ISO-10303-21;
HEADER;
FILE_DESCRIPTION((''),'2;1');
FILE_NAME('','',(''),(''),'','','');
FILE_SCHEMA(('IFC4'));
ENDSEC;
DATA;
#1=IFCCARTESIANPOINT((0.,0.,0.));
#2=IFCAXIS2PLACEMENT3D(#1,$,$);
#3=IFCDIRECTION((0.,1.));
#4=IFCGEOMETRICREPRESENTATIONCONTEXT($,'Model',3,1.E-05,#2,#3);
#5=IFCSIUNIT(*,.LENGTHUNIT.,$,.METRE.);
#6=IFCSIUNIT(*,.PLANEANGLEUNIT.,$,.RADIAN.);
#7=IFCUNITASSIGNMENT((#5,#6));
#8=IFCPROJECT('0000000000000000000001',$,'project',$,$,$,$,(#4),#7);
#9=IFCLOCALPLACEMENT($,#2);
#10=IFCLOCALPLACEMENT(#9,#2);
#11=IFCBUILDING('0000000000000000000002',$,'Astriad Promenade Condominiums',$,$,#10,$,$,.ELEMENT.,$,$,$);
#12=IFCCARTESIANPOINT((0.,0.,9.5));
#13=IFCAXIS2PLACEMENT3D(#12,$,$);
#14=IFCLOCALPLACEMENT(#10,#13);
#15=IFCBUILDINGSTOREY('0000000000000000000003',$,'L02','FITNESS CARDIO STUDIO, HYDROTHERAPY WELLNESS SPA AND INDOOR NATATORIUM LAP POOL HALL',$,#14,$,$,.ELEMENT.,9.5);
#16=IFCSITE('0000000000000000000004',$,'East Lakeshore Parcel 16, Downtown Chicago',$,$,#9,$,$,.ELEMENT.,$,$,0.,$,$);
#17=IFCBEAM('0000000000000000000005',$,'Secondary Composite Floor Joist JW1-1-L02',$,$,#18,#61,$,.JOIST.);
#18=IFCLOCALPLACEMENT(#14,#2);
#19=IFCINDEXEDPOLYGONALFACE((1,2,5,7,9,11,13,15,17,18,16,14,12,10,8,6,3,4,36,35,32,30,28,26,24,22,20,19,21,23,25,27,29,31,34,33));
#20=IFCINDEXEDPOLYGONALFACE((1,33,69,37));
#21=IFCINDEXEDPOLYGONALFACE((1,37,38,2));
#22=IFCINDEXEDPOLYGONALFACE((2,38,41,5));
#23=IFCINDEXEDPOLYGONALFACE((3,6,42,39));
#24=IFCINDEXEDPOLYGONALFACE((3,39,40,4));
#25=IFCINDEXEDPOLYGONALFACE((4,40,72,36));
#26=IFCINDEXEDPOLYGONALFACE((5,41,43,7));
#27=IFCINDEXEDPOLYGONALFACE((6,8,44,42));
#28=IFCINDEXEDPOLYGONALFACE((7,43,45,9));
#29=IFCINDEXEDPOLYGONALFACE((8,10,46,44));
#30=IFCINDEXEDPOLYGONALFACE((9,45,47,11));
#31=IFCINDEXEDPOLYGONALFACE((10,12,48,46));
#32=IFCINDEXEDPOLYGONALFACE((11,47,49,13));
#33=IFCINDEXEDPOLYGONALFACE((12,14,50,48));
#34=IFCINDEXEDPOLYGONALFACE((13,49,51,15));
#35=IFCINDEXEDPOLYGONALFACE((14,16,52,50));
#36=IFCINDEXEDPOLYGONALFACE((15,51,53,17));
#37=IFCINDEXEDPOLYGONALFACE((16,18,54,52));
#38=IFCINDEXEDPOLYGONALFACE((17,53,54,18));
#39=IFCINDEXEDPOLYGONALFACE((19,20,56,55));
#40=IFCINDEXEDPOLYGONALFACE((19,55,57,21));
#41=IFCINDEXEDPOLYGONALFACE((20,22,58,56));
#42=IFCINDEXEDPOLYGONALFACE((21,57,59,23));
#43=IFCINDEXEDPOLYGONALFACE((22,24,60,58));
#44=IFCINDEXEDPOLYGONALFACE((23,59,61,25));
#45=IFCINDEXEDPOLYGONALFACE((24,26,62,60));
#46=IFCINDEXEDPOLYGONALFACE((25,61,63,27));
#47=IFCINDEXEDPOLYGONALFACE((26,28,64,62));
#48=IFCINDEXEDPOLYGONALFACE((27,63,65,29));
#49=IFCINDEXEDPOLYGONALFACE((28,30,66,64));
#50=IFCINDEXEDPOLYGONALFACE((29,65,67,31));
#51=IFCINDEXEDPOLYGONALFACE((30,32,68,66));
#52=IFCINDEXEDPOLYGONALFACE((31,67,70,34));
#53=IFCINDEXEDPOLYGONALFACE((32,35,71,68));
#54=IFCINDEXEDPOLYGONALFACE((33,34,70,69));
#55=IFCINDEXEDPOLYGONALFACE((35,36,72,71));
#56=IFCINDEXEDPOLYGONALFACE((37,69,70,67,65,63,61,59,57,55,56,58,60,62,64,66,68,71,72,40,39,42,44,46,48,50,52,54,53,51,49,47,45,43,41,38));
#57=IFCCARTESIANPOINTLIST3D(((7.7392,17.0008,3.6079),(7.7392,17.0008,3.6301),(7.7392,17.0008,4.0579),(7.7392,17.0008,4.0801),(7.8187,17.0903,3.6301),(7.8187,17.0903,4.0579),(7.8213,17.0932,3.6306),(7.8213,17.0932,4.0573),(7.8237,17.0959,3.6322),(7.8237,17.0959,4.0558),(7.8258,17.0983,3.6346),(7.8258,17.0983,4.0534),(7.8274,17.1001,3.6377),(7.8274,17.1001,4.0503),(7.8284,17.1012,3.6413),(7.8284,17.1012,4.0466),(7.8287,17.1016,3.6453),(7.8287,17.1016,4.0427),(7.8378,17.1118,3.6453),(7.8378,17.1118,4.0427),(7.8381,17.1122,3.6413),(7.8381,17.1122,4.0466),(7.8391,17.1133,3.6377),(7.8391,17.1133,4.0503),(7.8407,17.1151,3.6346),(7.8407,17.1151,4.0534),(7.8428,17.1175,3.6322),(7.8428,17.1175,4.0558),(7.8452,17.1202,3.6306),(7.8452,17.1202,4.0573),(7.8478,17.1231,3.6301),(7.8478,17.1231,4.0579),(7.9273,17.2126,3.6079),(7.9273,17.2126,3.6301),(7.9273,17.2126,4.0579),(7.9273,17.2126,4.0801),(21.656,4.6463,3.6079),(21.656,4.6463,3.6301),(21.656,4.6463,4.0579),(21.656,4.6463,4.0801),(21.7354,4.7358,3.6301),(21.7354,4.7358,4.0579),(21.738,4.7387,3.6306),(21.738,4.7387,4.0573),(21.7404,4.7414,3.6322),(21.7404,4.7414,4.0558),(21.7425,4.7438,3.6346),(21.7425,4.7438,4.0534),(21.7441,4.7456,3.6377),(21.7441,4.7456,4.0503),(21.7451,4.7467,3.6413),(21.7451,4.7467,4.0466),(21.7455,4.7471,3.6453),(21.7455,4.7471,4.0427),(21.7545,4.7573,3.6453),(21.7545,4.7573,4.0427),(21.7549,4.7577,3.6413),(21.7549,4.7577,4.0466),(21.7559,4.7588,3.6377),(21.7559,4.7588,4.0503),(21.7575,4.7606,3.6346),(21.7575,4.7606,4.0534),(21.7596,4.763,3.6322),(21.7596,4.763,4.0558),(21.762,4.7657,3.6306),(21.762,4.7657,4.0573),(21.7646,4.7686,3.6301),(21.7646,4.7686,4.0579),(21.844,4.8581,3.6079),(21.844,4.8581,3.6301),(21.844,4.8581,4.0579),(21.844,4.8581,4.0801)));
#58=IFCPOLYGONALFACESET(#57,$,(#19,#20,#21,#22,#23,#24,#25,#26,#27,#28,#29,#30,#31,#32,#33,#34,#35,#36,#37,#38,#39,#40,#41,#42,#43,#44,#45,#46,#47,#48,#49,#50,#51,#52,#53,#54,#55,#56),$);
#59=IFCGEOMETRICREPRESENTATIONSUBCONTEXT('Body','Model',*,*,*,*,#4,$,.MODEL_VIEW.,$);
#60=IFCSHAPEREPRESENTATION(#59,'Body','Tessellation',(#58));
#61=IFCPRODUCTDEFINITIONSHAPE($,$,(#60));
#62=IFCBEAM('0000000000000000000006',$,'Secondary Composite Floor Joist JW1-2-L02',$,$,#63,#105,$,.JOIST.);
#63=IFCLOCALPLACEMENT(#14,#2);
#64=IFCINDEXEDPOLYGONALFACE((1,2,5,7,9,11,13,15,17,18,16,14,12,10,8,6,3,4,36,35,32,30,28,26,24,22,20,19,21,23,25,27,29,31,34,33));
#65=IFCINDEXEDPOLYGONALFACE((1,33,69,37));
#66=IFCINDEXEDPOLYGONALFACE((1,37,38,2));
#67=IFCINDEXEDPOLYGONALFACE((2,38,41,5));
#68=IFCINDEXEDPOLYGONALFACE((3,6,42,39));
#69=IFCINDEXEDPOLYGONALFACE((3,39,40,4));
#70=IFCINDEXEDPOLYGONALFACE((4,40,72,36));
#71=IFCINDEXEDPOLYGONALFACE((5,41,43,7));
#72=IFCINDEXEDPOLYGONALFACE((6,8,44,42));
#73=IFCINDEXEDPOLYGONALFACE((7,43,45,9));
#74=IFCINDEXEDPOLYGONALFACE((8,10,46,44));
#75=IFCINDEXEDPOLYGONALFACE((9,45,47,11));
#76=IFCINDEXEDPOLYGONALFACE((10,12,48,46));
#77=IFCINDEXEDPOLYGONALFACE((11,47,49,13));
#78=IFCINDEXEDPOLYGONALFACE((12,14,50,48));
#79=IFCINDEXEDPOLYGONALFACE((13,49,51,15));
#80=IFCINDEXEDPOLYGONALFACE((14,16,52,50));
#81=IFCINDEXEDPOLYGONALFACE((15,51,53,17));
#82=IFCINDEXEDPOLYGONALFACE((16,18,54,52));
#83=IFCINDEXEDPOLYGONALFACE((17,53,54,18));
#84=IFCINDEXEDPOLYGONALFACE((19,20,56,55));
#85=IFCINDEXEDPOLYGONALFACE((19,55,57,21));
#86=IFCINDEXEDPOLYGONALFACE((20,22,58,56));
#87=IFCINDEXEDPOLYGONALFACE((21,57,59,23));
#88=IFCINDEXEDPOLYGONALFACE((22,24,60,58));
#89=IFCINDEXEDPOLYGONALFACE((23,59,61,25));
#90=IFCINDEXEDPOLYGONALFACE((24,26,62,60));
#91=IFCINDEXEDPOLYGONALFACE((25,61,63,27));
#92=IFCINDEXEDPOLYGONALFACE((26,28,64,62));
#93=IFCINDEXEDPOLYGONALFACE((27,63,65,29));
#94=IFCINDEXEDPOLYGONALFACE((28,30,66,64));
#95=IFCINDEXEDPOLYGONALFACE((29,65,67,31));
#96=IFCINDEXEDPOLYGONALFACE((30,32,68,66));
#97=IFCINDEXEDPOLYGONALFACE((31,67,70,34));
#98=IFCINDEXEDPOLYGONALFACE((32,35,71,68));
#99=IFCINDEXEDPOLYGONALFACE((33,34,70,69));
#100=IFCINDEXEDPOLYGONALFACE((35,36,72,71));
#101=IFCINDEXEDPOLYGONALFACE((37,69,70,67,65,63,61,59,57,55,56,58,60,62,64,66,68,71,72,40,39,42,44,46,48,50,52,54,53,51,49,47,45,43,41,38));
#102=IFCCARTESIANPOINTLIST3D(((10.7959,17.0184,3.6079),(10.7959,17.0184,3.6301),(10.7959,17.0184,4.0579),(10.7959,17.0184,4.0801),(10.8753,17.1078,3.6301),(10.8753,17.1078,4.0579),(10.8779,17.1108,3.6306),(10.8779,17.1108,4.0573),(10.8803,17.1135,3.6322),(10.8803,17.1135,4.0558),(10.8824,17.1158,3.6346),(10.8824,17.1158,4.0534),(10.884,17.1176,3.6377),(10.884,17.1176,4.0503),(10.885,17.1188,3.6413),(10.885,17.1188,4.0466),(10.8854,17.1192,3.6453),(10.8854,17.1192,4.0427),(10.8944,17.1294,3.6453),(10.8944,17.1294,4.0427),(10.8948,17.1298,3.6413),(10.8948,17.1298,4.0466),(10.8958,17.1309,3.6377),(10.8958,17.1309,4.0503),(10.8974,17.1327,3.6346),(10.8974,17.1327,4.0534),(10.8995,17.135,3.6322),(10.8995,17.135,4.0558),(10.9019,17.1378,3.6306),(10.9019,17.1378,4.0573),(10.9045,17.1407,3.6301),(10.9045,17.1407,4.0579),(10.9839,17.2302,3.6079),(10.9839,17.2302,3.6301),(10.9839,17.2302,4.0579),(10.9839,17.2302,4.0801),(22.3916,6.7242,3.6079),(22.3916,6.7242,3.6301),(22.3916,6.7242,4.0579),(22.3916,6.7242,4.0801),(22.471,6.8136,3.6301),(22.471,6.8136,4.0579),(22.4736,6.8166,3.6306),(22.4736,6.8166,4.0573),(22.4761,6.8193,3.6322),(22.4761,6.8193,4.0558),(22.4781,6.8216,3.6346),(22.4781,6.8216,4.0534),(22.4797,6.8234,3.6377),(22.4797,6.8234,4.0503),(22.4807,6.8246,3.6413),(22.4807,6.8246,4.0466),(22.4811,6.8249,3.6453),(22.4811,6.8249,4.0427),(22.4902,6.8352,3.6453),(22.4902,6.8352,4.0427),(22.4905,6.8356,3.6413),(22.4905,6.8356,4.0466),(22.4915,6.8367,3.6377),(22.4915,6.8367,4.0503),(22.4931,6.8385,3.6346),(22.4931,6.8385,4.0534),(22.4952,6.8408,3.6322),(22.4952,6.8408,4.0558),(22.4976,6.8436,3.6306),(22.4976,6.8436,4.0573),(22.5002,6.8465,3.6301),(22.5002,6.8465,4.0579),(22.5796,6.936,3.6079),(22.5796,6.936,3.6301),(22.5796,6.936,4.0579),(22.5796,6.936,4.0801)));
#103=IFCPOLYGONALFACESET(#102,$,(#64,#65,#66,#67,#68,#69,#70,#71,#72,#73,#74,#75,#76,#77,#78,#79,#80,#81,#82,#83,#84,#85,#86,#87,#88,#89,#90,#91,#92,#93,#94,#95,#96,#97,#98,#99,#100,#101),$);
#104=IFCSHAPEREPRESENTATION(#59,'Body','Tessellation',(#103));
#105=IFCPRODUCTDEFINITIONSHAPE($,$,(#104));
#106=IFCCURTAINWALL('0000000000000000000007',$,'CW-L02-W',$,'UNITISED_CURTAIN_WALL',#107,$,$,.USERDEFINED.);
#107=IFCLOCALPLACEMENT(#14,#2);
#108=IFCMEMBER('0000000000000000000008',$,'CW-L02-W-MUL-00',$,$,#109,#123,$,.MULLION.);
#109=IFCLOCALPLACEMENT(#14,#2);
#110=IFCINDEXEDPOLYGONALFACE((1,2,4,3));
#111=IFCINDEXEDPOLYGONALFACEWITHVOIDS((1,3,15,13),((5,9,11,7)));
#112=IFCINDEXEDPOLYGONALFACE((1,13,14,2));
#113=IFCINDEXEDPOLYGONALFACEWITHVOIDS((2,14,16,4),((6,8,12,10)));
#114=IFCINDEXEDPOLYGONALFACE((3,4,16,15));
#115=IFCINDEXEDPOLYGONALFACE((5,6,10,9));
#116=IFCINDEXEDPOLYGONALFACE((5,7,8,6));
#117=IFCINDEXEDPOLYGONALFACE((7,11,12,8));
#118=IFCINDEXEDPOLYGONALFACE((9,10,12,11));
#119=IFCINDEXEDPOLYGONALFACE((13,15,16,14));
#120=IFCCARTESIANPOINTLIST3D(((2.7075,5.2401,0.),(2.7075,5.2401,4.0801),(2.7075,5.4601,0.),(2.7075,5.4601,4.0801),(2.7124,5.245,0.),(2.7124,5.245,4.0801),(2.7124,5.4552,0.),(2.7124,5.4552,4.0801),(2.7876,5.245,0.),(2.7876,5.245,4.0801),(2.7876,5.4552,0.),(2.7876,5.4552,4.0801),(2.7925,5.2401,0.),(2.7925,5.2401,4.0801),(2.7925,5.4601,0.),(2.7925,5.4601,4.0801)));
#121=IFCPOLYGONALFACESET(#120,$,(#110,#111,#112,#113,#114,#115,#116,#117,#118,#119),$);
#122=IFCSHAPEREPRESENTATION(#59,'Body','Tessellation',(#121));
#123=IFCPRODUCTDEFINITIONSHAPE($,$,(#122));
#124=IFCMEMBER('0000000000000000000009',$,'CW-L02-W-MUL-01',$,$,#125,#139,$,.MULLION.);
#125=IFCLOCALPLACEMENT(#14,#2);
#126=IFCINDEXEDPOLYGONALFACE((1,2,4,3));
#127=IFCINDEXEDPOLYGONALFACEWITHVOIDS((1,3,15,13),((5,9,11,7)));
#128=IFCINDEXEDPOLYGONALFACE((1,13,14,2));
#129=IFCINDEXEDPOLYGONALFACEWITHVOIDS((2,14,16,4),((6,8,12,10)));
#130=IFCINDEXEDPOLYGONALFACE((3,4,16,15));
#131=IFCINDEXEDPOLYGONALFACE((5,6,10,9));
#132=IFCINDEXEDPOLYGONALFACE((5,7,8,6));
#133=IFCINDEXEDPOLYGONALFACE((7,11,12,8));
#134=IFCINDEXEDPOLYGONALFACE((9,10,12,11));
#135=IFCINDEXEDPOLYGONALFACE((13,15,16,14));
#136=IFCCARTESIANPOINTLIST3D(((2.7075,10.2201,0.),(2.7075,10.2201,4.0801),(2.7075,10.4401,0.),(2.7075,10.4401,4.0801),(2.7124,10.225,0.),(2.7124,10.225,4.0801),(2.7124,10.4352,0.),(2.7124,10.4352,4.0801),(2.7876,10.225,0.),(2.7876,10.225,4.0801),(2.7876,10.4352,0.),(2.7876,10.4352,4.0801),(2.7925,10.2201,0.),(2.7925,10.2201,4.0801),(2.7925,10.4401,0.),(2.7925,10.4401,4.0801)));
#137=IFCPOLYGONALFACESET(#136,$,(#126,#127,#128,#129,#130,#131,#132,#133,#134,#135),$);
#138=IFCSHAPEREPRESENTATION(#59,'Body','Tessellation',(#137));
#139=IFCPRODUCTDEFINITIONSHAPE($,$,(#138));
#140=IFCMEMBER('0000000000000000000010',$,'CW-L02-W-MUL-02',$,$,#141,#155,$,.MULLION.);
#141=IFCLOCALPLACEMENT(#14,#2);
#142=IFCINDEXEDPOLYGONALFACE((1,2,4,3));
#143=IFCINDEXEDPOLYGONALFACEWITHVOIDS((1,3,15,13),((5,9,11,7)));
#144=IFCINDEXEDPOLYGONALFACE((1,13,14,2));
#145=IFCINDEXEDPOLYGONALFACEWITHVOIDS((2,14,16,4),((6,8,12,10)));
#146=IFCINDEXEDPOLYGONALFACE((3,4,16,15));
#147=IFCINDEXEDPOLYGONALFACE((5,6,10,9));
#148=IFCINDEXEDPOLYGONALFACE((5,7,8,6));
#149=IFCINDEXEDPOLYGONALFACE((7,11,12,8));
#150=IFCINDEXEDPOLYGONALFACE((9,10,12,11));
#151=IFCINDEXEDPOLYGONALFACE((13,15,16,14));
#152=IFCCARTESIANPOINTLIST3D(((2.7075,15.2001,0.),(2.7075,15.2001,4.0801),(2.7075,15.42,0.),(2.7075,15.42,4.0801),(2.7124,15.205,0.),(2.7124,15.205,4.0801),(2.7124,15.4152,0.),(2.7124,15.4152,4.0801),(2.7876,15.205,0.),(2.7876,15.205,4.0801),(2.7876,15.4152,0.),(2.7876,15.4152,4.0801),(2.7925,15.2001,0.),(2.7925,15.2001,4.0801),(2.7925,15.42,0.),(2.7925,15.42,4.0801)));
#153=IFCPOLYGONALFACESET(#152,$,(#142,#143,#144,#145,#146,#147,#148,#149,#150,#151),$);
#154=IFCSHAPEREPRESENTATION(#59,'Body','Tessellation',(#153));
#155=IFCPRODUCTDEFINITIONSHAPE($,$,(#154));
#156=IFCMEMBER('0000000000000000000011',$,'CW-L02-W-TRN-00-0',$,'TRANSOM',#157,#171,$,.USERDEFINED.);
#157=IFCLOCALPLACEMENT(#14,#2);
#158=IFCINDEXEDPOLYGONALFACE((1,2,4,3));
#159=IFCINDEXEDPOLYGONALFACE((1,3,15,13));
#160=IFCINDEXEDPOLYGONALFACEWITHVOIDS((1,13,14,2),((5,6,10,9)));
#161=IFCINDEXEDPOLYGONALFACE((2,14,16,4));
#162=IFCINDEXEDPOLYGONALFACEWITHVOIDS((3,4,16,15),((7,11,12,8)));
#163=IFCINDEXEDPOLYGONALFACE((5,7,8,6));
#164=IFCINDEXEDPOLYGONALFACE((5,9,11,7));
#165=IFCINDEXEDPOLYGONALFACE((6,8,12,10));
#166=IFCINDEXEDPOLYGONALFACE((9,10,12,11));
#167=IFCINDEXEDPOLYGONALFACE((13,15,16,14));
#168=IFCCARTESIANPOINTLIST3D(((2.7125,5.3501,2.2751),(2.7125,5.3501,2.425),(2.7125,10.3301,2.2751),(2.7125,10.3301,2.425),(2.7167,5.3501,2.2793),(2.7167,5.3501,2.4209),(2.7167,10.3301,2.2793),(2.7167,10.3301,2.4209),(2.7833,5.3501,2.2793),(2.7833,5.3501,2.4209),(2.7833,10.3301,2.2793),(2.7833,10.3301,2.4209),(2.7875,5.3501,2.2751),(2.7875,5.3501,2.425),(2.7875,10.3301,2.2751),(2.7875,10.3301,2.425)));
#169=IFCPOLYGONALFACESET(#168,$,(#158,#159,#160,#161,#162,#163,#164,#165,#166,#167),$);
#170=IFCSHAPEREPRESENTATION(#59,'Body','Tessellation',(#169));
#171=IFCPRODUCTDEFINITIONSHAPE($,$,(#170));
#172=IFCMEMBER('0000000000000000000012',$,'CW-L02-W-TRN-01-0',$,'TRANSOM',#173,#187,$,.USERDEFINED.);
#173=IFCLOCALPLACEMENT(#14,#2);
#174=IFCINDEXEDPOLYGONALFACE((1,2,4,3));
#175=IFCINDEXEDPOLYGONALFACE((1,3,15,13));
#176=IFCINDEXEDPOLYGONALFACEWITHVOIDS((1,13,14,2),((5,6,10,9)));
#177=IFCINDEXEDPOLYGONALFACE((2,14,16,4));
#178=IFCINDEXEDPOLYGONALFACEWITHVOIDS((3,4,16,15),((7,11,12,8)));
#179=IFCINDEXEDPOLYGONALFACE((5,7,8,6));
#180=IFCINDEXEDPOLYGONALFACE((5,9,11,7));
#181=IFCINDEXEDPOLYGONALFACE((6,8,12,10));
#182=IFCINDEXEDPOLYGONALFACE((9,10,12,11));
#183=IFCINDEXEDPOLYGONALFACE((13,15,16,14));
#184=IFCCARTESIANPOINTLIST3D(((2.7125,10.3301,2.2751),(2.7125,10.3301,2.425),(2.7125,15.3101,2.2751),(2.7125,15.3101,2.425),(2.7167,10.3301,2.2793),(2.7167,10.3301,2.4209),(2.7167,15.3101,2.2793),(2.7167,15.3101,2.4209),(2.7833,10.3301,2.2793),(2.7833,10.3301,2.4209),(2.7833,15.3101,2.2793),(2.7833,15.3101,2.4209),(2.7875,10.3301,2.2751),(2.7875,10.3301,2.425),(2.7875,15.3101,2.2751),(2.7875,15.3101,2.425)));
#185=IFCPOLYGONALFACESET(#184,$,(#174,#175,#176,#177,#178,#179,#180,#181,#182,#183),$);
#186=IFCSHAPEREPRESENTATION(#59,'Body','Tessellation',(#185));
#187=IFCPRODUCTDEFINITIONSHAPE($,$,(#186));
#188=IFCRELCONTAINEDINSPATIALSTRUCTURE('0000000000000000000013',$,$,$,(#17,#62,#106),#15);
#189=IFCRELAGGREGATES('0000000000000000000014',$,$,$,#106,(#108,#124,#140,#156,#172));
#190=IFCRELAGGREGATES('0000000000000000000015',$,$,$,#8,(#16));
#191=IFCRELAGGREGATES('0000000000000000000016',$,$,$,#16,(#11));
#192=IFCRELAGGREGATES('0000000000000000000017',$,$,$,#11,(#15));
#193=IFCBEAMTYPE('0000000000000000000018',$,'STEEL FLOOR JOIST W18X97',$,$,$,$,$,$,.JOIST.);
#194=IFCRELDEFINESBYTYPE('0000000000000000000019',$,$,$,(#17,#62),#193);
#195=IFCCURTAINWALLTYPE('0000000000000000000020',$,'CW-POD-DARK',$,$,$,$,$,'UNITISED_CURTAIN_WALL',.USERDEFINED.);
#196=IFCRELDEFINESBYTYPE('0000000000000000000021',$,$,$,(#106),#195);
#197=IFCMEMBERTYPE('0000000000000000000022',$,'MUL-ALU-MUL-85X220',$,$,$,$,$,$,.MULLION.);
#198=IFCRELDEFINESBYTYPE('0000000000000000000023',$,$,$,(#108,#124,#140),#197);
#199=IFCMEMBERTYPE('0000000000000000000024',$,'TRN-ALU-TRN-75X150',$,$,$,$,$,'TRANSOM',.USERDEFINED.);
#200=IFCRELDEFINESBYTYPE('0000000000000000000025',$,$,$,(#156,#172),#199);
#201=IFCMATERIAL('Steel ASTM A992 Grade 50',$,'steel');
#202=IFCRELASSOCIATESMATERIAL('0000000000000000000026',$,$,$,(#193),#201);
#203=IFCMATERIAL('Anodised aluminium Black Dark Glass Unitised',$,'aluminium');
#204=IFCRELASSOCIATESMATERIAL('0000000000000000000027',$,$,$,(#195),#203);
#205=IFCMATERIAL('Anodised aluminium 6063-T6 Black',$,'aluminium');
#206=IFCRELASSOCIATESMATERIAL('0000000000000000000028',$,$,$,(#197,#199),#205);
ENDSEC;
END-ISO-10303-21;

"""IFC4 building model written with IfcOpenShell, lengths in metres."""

from ifc_helpers import new_model, si_unit, direction, frame, origin, origin_2d, place, context, subcontext, project, spatial, hollow_rectangle, i_section, extrude, source, transform, mapped, material, material_profile, profile_set, type_object, type_shapes, element, aggregate, save


model = new_model("IFC4")

# Units and contexts
model_context = context("Model", 3, precision=1e-05, world=origin(), true_north=direction((0.0, 1.0)))
body_context = subcontext(model_context, "Body", "Model", "MODEL_VIEW")
ifc_project = project(units=[si_unit("LENGTHUNIT", "METRE"), si_unit("PLANEANGLEUNIT", "RADIAN")], contexts=[model_context])

# Site, building, storey
site_placement = place(None, origin())
site = spatial("IfcSite", under=ifc_project, at=site_placement, Name="East Lakeshore Parcel 16, Downtown Chicago", CompositionType="ELEMENT", RefElevation=0.0)
building_placement = place(site_placement, origin())
building = spatial("IfcBuilding", under=site, at=building_placement, Name="Astriad Promenade Condominiums", CompositionType="ELEMENT")
storey_placement = place(building_placement, frame((0.0, 0.0, 9.5)))
storey = spatial("IfcBuildingStorey", under=building, at=storey_placement, Name="L02", Description="FITNESS CARDIO STUDIO, HYDROTHERAPY WELLNESS SPA AND INDOOR NATATORIUM LAP POOL HALL", CompositionType="ELEMENT", Elevation=9.5)

# Beams
ifc_material_1 = material(Name="Steel ASTM A992 Grade 50", Category="steel")
ifc_material_profile_1 = material_profile(ifc_material_1, i_section(OverallWidth=0.2832, OverallDepth=0.4722, WebThickness=0.0137, FlangeThickness=0.0222, FilletRadius=0.0151, at=origin_2d()), Name="W18X97")
ifc_profile_set_1 = profile_set([ifc_material_profile_1], Name="Steel ASTM A992 Grade 50")
beam_type_1 = type_object("IfcBeamType", Name="STEEL FLOOR JOIST W18X97", PredefinedType="JOIST", material=ifc_profile_set_1)
shared_shape_1 = source(origin(), body_context, "Body", "SweptSolid", [
    extrude(i_section(OverallWidth=0.2832, OverallDepth=0.4722, WebThickness=0.0137, FlangeThickness=0.0222, FilletRadius=0.0151, at=origin_2d()), origin(), (0.0, 0.0, 1.0), 18.6094),
])
beam_1_placement = place(storey_placement, frame((7.8333, 17.1067, 3.844), z_axis=(0.747835, -0.663885, 0.0), x_axis=(0.663885, 0.747835, 0.0)))
element("IfcBeam", 1, at=beam_1_placement, inside=storey, type_object=beam_type_1, Name="Secondary Composite Floor Joist JW1-1-L02", PredefinedType="JOIST", context=body_context, shape_type="MappedRepresentation", body=[
    mapped(shared_shape_1, transform((0.0, 0.0, 0.0), scale=1.0)),
])
shared_shape_2 = source(origin(), body_context, "Body", "SweptSolid", [
    extrude(i_section(OverallWidth=0.2832, OverallDepth=0.4722, WebThickness=0.0137, FlangeThickness=0.0222, FilletRadius=0.0151, at=origin_2d()), origin(), (0.0, 0.0, 1.0), 15.5059),
])
type_shapes(beam_type_1, [shared_shape_1, shared_shape_2])
beam_2_placement = place(storey_placement, frame((10.8899, 17.1243, 3.844), z_axis=(0.747829, -0.663892, 0.0), x_axis=(0.663892, 0.747829, 0.0)))
element("IfcBeam", 2, at=beam_2_placement, inside=storey, type_object=beam_type_1, Name="Secondary Composite Floor Joist JW1-2-L02", PredefinedType="JOIST", context=body_context, shape_type="MappedRepresentation", body=[
    mapped(shared_shape_2, transform((0.0, 0.0, 0.0), scale=1.0)),
])

# Curtain wall, members
ifc_material_2 = material(Name="Anodised aluminium Black Dark Glass Unitised", Category="aluminium")
curtain_wall_type = type_object("IfcCurtainWallType", Name="CW-POD-DARK", ElementType="UNITISED_CURTAIN_WALL", PredefinedType="USERDEFINED", material=ifc_material_2)
curtain_wall_placement = place(storey_placement, origin())
curtain_wall = element("IfcCurtainWall", 3, at=curtain_wall_placement, inside=storey, type_object=curtain_wall_type, Name="CW-L02-W", ObjectType="UNITISED_CURTAIN_WALL", PredefinedType="USERDEFINED")
ifc_material_3 = material(Name="Anodised aluminium 6063-T6 Black", Category="aluminium")
ifc_material_profile_2 = material_profile(ifc_material_3, hollow_rectangle(XDim=0.085, YDim=0.22, WallThickness=0.0049, at=origin_2d()), Name="ALU-MUL-85X220")
ifc_profile_set_2 = profile_set([ifc_material_profile_2], Name="Anodised aluminium 6063-T6 Black")
member_type_1 = type_object("IfcMemberType", Name="MUL-ALU-MUL-85X220", PredefinedType="MULLION", material=ifc_profile_set_2)
shared_shape_3 = source(origin(), body_context, "Body", "SweptSolid", [
    extrude(hollow_rectangle(XDim=0.085, YDim=0.22, WallThickness=0.0049, at=origin_2d()), origin(), (0.0, 0.0, 1.0), 4.0801),
])
type_shapes(member_type_1, [shared_shape_3])
member_1_placement = place(storey_placement, frame((2.75, 5.3501, 0.0), z_axis=(0.0, 0.0, 1.0), x_axis=(1.0, 0.0, 0.0)))
member_1 = element("IfcMember", 4, at=member_1_placement, type_object=member_type_1, Name="CW-L02-W-MUL-00", PredefinedType="MULLION", context=body_context, shape_type="MappedRepresentation", body=[
    mapped(shared_shape_3, transform((0.0, 0.0, 0.0), scale=1.0)),
])
member_2_placement = place(storey_placement, frame((2.75, 10.3301, 0.0), z_axis=(0.0, 0.0, 1.0), x_axis=(1.0, 0.0, 0.0)))
member_2 = element("IfcMember", 5, at=member_2_placement, type_object=member_type_1, Name="CW-L02-W-MUL-01", PredefinedType="MULLION", context=body_context, shape_type="MappedRepresentation", body=[
    mapped(shared_shape_3, transform((0.0, 0.0, 0.0), scale=1.0)),
])
member_3_placement = place(storey_placement, frame((2.75, 15.3101, 0.0), z_axis=(0.0, 0.0, 1.0), x_axis=(1.0, 0.0, 0.0)))
member_3 = element("IfcMember", 6, at=member_3_placement, type_object=member_type_1, Name="CW-L02-W-MUL-02", PredefinedType="MULLION", context=body_context, shape_type="MappedRepresentation", body=[
    mapped(shared_shape_3, transform((0.0, 0.0, 0.0), scale=1.0)),
])
ifc_material_profile_3 = material_profile(ifc_material_3, hollow_rectangle(XDim=0.075, YDim=0.1499, WallThickness=0.0042, at=origin_2d()), Name="ALU-TRN-75X150")
ifc_profile_set_3 = profile_set([ifc_material_profile_3], Name="Anodised aluminium 6063-T6 Black")
member_type_2 = type_object("IfcMemberType", Name="TRN-ALU-TRN-75X150", ElementType="TRANSOM", PredefinedType="USERDEFINED", material=ifc_profile_set_3)
shared_shape_4 = source(origin(), body_context, "Body", "SweptSolid", [
    extrude(hollow_rectangle(XDim=0.075, YDim=0.1499, WallThickness=0.0042, at=origin_2d()), origin(), (0.0, 0.0, 1.0), 4.98),
])
type_shapes(member_type_2, [shared_shape_4])
member_4_placement = place(storey_placement, frame((2.75, 5.3501, 2.3501), z_axis=(0.0, 1.0, 0.0), x_axis=(-1.0, 0.0, 0.0)))
member_4 = element("IfcMember", 7, at=member_4_placement, type_object=member_type_2, Name="CW-L02-W-TRN-00-0", ObjectType="TRANSOM", PredefinedType="USERDEFINED", context=body_context, shape_type="MappedRepresentation", body=[
    mapped(shared_shape_4, transform((0.0, 0.0, 0.0), scale=1.0)),
])
member_5_placement = place(storey_placement, frame((2.75, 10.3301, 2.3501), z_axis=(0.0, 1.0, 0.0), x_axis=(-1.0, 0.0, 0.0)))
member_5 = element("IfcMember", 8, at=member_5_placement, type_object=member_type_2, Name="CW-L02-W-TRN-01-0", ObjectType="TRANSOM", PredefinedType="USERDEFINED", context=body_context, shape_type="MappedRepresentation", body=[
    mapped(shared_shape_4, transform((0.0, 0.0, 0.0), scale=1.0)),
])

aggregate(curtain_wall, [member_1, member_2, member_3, member_4, member_5])

save(model, "model.ifc")
